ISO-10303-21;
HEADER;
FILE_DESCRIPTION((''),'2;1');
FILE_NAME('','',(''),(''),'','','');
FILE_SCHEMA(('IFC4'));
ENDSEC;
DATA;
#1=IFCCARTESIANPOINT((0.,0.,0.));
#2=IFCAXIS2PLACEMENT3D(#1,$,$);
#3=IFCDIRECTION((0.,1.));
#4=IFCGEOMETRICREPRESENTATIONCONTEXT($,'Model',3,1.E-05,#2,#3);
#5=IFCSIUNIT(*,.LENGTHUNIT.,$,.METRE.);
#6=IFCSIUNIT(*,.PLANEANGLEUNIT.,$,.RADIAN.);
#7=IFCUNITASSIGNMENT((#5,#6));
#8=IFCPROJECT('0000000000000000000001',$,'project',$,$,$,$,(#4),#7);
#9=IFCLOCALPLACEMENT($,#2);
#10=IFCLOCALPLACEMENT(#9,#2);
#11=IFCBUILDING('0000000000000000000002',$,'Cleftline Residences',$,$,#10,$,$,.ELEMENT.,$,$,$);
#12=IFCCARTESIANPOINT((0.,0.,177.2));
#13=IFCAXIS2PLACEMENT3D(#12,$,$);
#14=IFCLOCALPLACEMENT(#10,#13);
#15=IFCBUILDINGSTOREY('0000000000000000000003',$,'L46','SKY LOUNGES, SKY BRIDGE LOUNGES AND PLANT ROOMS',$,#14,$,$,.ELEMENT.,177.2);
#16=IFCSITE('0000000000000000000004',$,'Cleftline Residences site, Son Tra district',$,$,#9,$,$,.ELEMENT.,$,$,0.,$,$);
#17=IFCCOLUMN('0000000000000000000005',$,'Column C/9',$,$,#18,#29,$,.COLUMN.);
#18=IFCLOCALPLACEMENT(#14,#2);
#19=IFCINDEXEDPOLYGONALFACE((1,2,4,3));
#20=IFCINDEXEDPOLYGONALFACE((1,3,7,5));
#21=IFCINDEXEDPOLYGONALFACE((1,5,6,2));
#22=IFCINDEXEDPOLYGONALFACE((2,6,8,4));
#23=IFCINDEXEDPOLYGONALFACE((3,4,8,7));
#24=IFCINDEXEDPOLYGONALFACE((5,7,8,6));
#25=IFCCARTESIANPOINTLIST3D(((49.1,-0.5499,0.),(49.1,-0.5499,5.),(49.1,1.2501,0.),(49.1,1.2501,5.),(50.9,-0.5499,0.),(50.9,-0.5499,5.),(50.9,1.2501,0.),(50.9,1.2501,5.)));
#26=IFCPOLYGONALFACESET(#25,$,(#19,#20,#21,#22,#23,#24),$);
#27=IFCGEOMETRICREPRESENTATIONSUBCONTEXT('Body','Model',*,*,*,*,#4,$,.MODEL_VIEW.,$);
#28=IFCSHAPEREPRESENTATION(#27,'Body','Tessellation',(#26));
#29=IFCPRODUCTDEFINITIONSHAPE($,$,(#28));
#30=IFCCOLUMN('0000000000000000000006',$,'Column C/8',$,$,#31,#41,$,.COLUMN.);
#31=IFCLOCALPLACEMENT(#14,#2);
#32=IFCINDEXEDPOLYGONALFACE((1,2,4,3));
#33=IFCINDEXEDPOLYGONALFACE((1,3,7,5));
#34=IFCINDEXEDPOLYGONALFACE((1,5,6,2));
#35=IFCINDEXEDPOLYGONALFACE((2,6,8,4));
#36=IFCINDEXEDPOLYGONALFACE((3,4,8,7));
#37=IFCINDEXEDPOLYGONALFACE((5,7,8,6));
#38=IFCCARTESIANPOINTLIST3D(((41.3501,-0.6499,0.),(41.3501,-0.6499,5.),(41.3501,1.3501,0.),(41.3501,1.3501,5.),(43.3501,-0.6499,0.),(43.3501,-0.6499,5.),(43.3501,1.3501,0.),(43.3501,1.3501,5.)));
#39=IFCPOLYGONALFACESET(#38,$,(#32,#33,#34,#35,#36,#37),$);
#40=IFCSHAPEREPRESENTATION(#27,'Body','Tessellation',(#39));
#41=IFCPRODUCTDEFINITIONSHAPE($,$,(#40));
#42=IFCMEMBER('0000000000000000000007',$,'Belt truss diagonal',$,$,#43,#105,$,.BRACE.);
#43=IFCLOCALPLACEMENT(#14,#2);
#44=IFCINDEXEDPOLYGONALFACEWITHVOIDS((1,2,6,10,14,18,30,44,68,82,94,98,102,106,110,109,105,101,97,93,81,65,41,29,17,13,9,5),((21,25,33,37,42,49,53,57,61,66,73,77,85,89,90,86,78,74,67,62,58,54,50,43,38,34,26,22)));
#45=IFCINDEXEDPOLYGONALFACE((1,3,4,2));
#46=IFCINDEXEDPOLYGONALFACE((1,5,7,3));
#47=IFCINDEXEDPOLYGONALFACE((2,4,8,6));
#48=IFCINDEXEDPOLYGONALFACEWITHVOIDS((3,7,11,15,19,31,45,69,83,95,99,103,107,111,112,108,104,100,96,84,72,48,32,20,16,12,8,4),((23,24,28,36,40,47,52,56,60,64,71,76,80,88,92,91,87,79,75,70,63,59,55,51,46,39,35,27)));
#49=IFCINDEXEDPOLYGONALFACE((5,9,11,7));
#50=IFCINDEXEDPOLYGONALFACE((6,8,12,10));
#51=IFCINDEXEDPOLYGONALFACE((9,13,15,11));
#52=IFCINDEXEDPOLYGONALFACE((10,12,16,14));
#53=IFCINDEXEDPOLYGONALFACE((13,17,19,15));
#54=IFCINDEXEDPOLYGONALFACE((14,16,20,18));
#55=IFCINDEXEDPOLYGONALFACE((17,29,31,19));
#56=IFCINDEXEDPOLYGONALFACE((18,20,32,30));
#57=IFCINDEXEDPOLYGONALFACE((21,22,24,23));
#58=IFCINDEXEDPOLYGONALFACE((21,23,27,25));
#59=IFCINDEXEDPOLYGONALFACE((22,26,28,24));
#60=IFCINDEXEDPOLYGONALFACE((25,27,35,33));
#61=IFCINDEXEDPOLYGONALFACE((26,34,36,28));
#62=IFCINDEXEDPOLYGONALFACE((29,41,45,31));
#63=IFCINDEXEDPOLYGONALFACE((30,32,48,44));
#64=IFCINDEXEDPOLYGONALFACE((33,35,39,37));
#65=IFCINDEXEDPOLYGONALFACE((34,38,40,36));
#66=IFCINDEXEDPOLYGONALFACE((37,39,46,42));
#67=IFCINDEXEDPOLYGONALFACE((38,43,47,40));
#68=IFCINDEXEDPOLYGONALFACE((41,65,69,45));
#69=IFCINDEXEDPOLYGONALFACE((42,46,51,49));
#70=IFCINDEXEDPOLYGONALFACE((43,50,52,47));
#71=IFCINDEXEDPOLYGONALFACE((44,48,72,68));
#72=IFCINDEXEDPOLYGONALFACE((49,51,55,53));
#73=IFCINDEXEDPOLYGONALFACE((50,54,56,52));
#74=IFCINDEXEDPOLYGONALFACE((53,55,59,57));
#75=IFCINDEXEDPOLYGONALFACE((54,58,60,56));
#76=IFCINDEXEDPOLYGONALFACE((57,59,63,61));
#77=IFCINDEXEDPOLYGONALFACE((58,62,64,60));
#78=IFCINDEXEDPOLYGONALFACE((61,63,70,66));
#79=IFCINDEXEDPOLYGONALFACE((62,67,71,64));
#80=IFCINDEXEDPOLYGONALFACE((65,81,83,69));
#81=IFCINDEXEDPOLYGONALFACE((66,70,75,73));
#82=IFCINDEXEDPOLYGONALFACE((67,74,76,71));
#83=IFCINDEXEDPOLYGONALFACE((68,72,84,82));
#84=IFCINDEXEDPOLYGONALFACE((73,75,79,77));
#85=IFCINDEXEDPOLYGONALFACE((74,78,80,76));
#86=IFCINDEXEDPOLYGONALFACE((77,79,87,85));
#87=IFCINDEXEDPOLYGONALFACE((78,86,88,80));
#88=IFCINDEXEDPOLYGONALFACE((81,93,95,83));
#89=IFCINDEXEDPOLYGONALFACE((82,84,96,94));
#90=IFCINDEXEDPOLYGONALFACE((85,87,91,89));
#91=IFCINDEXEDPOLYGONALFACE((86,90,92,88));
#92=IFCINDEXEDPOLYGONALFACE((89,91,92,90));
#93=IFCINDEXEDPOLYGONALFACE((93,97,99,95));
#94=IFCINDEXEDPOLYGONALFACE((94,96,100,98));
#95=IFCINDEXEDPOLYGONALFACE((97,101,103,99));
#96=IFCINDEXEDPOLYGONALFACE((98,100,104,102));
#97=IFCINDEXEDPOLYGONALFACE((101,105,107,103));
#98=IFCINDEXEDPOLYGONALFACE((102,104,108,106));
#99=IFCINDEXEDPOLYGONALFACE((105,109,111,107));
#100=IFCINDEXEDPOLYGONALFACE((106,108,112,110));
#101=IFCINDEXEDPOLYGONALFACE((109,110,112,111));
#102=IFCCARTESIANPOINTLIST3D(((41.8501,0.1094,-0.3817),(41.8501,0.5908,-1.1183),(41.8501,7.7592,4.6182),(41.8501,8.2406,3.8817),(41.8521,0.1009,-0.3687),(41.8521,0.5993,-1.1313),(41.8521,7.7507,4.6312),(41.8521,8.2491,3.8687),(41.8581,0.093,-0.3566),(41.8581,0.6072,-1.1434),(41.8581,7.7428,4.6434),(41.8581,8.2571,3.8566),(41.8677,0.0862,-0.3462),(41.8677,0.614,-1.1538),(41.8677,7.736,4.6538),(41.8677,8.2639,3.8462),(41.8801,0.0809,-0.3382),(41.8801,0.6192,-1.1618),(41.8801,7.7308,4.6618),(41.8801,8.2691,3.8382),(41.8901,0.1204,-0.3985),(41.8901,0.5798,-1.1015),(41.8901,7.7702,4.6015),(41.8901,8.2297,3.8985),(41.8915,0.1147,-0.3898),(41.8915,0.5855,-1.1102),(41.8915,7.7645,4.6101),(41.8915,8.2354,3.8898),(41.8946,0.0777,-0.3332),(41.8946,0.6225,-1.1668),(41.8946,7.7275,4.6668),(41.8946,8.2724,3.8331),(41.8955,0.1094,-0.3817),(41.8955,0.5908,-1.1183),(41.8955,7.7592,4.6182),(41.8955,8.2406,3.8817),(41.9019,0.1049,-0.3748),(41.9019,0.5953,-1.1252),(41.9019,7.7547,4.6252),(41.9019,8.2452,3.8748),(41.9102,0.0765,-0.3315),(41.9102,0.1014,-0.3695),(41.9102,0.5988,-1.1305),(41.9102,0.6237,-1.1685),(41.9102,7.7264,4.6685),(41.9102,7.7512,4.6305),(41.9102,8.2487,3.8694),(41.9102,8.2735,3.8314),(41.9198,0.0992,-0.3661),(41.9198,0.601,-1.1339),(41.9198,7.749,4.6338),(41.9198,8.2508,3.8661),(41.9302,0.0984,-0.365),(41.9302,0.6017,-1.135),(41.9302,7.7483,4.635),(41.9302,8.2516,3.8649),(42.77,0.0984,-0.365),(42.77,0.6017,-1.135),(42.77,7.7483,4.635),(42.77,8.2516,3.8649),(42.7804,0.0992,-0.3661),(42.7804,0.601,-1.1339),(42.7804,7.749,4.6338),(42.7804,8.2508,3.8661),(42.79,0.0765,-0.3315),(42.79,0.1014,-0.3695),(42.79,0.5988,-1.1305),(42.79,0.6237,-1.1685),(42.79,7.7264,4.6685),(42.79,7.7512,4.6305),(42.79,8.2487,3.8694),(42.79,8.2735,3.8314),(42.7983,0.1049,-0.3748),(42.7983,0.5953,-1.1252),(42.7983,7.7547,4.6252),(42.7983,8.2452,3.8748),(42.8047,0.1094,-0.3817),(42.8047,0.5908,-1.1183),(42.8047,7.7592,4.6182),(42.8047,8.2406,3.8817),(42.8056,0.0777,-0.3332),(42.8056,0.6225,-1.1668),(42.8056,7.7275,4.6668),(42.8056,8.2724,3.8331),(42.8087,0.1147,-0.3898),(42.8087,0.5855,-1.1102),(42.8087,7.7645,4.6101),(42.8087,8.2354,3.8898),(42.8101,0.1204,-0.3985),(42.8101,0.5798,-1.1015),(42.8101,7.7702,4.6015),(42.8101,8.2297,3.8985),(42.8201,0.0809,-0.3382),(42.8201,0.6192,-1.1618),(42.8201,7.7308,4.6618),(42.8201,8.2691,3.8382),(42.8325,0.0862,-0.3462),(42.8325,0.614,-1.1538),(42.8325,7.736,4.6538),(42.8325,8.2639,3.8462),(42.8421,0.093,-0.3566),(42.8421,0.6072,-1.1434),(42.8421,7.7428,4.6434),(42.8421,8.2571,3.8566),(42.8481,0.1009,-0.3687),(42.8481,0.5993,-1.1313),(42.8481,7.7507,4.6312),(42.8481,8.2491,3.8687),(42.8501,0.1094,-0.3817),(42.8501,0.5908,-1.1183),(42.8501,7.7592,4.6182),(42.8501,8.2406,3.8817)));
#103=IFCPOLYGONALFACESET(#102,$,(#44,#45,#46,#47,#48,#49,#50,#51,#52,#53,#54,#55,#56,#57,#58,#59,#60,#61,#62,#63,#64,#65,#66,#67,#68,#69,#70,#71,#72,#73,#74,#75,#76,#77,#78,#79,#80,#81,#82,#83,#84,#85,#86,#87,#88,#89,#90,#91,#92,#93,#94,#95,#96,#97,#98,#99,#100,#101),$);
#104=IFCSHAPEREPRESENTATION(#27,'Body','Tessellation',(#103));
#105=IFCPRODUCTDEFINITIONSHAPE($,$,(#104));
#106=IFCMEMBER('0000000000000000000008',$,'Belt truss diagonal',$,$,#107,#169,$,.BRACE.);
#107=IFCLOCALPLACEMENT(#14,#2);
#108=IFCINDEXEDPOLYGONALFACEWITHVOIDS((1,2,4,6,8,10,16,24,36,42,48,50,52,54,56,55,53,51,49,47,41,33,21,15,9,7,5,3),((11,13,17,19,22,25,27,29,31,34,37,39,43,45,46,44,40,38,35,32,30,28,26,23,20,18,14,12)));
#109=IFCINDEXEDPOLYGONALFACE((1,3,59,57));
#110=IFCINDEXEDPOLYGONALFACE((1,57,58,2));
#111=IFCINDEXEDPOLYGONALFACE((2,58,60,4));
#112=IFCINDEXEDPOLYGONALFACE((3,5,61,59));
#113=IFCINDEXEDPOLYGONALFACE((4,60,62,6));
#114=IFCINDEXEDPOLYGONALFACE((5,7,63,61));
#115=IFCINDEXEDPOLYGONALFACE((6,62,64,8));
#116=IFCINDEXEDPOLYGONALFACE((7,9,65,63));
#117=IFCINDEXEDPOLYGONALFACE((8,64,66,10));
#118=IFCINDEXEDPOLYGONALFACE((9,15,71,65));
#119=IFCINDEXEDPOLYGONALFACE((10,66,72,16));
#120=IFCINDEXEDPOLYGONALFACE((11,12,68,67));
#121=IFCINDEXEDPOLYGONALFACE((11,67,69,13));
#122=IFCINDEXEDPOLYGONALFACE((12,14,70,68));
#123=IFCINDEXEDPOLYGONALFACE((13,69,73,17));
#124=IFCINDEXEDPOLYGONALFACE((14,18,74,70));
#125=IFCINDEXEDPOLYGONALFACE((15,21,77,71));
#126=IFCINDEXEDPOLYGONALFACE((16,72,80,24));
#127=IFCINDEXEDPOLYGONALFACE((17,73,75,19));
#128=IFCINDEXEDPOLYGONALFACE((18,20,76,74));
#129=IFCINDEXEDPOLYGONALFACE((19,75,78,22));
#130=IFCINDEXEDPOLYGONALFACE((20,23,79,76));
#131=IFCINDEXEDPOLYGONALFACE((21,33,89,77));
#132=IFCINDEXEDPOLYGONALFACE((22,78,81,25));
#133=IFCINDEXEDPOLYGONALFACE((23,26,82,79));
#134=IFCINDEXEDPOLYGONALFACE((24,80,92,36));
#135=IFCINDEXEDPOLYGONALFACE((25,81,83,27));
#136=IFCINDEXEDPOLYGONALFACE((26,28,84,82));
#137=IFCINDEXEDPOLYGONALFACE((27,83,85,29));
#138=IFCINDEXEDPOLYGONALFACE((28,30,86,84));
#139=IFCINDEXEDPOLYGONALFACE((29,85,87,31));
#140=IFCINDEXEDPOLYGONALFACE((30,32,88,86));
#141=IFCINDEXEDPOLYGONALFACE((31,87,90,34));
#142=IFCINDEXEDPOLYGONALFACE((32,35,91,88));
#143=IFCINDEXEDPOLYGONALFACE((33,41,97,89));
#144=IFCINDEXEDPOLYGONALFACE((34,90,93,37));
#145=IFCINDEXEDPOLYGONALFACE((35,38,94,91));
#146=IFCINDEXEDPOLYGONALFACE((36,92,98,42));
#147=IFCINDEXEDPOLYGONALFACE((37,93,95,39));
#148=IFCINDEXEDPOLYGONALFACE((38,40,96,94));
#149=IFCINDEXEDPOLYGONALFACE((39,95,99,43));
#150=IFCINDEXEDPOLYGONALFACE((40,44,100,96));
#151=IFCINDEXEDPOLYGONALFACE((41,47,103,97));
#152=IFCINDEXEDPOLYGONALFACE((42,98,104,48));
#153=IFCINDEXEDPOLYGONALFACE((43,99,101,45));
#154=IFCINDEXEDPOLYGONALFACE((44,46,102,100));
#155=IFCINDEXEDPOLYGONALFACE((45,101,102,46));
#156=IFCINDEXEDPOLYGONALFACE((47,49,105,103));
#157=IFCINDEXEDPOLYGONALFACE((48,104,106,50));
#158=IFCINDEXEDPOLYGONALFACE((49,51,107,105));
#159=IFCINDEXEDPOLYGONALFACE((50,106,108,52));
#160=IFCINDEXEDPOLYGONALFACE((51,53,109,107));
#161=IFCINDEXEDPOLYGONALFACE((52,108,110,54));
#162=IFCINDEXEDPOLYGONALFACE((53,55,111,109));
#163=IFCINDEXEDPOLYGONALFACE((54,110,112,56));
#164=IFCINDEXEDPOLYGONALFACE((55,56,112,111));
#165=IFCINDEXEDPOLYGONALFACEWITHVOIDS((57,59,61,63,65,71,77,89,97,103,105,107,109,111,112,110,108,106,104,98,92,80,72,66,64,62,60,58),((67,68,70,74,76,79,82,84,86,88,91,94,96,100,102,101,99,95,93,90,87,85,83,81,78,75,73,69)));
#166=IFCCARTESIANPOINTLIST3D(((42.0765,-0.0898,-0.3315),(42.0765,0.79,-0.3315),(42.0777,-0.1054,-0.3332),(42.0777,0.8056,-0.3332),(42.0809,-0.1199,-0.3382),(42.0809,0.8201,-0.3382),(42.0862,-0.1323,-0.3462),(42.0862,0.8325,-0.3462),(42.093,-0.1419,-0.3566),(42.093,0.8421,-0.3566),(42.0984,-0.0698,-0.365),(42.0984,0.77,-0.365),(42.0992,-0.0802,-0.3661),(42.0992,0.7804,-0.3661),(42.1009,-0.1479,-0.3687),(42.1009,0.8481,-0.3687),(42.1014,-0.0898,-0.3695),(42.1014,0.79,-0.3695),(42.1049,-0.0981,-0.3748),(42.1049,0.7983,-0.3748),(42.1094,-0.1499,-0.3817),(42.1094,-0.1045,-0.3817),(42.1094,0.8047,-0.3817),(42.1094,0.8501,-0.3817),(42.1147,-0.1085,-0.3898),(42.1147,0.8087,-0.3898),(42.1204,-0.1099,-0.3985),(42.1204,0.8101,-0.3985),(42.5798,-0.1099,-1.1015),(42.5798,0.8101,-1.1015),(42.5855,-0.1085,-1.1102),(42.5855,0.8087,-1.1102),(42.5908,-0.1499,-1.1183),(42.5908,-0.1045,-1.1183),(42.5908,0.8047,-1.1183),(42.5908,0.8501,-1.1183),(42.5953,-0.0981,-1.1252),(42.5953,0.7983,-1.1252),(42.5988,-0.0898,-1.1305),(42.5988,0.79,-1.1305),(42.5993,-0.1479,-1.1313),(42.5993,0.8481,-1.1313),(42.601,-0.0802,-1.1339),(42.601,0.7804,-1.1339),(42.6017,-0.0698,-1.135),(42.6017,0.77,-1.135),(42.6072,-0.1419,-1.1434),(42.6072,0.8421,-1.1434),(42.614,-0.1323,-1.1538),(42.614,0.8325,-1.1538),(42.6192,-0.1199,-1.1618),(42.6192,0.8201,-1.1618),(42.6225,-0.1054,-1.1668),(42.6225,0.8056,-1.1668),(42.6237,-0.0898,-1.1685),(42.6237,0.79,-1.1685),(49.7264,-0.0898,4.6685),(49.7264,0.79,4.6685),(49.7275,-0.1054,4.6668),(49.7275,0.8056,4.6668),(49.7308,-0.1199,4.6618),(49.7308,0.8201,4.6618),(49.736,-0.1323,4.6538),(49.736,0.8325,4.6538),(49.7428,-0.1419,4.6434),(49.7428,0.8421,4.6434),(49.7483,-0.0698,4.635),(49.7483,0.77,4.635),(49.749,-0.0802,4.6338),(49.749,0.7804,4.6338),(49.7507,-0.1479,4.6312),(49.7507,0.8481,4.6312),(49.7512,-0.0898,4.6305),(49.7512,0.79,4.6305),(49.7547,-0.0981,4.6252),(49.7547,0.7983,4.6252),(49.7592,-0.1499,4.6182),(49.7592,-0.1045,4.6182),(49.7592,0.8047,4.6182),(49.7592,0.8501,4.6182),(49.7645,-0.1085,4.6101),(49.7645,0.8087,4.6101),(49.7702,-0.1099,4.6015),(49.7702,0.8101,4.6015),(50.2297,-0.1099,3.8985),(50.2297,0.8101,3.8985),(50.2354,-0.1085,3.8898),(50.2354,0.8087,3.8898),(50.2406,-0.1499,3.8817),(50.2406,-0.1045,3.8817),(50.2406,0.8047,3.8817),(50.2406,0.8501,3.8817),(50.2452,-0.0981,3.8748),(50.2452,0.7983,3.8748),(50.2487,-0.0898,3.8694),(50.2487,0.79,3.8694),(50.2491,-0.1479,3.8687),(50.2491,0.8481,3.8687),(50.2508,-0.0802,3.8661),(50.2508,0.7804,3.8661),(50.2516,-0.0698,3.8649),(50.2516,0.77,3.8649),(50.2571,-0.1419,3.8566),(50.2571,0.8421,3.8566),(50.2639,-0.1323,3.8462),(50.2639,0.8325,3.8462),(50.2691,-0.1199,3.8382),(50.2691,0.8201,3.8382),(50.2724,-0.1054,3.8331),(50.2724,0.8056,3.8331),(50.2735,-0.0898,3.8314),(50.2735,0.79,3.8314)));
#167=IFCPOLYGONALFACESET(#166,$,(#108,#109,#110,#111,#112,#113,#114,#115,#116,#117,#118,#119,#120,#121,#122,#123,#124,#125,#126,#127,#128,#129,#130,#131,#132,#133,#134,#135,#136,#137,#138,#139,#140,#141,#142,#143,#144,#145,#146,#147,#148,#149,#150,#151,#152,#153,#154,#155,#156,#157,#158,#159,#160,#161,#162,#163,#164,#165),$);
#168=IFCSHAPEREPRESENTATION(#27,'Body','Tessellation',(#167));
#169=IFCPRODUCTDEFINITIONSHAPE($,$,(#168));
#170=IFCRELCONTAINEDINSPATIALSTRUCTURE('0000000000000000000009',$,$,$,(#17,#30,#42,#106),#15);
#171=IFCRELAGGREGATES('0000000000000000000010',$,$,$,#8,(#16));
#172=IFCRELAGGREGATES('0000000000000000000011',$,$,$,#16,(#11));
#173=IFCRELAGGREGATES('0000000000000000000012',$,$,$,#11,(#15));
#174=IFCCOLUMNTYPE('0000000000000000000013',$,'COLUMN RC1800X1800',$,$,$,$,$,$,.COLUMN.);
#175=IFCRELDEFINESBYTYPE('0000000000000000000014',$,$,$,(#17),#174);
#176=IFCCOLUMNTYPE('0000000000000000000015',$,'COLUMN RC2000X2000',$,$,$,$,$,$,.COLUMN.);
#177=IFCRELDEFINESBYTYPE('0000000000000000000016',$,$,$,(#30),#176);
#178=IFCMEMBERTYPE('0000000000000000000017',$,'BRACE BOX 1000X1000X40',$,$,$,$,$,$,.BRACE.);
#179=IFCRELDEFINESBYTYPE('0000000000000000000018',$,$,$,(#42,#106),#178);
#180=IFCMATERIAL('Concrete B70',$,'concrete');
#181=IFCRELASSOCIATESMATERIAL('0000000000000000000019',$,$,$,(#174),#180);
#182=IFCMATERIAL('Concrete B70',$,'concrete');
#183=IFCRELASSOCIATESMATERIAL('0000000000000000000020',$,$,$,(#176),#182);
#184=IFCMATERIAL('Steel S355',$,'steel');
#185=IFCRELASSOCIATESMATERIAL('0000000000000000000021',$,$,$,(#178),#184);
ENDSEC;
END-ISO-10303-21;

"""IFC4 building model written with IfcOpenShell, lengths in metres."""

from ifc_helpers import new_model, si_unit, direction, frame, origin, origin_2d, place, context, subcontext, project, spatial, rectangle, hollow_rectangle, extrude, material, material_profile, profile_set, type_object, element, save


model = new_model("IFC4")

# Units and contexts
model_context = context("Model", 3, precision=1e-05, world=origin(), true_north=direction((0.0, 1.0)))
body_context = subcontext(model_context, "Body", "Model", "MODEL_VIEW")
ifc_project = project(units=[si_unit("LENGTHUNIT", "METRE"), si_unit("PLANEANGLEUNIT", "RADIAN")], contexts=[model_context])

# Site, building, storey
site_placement = place(None, origin())
site = spatial("IfcSite", under=ifc_project, at=site_placement, Name="Cleftline Residences site, Son Tra district", CompositionType="ELEMENT", RefElevation=0.0)
building_placement = place(site_placement, origin())
building = spatial("IfcBuilding", under=site, at=building_placement, Name="Cleftline Residences", CompositionType="ELEMENT")
storey_placement = place(building_placement, frame((0.0, 0.0, 177.2)))
storey = spatial("IfcBuildingStorey", under=building, at=storey_placement, Name="L46", Description="SKY LOUNGES, SKY BRIDGE LOUNGES AND PLANT ROOMS", CompositionType="ELEMENT", Elevation=177.2)

# Columns
ifc_material_1 = material(Name="Concrete B70", Category="concrete")
ifc_material_profile_1 = material_profile(ifc_material_1, rectangle(XDim=1.8, YDim=1.8, at=origin_2d()))
ifc_profile_set_1 = profile_set([ifc_material_profile_1], Name="Concrete B70")
column_type_1 = type_object("IfcColumnType", Name="COLUMN RC1800X1800", PredefinedType="COLUMN", material=ifc_profile_set_1)
column_1_placement = place(storey_placement, frame((50.0, 0.3501, 0.0), z_axis=(0.0, 0.0, 1.0), x_axis=(1.0, 0.0, 0.0)))
element("IfcColumn", 1, at=column_1_placement, inside=storey, type_object=column_type_1, Name="Column C/9", PredefinedType="COLUMN", context=body_context, shape_type="SweptSolid", body=[
    extrude(rectangle(XDim=1.8, YDim=1.8, at=origin_2d()), origin(), (0.0, 0.0, 1.0), 5.0),
])
ifc_material_2 = material(Name="Concrete B70", Category="concrete")
ifc_material_profile_2 = material_profile(ifc_material_2, rectangle(XDim=2.0, YDim=2.0, at=origin_2d()))
ifc_profile_set_2 = profile_set([ifc_material_profile_2], Name="Concrete B70")
column_type_2 = type_object("IfcColumnType", Name="COLUMN RC2000X2000", PredefinedType="COLUMN", material=ifc_profile_set_2)
column_2_placement = place(storey_placement, frame((42.3501, 0.3501, 0.0), z_axis=(0.0, 0.0, 1.0), x_axis=(1.0, 0.0, 0.0)))
element("IfcColumn", 2, at=column_2_placement, inside=storey, type_object=column_type_2, Name="Column C/8", PredefinedType="COLUMN", context=body_context, shape_type="SweptSolid", body=[
    extrude(rectangle(XDim=2.0, YDim=2.0, at=origin_2d()), origin(), (0.0, 0.0, 1.0), 5.0),
])

# Members
ifc_material_3 = material(Name="Steel S355", Category="steel")
ifc_material_profile_3 = material_profile(ifc_material_3, hollow_rectangle(XDim=1.0, YDim=1.0, WallThickness=0.04, InnerFilletRadius=0.04, OuterFilletRadius=0.0601, at=origin_2d()))
ifc_profile_set_3 = profile_set([ifc_material_profile_3], Name="Steel S355")
member_type_1 = type_object("IfcMemberType", Name="BRACE BOX 1000X1000X40", PredefinedType="BRACE", material=ifc_profile_set_3)
for number, where, z_axis, x_axis, name in (
    (3, (42.3501, 0.3501, -0.75), (0.0, 0.837063, 0.547107), (0.0, -0.547107, 0.837063), "Belt truss diagonal"),
    (4, (42.3501, 0.3501, -0.75), (0.837063, 0.0, 0.547107), (-0.547107, 0.0, 0.837063), "Belt truss diagonal"),
):
    element("IfcMember", number, at=place(storey_placement, frame(where, z_axis=z_axis, x_axis=x_axis)), inside=storey, type_object=member_type_1, Name=name, PredefinedType="BRACE", context=body_context, shape_type="SweptSolid", body=[
        extrude(hollow_rectangle(XDim=1.0, YDim=1.0, WallThickness=0.04, InnerFilletRadius=0.04, OuterFilletRadius=0.0601, at=origin_2d()), origin(), (0.0, 0.0, 1.0), 9.1389),
    ])

save(model, "model.ifc")
